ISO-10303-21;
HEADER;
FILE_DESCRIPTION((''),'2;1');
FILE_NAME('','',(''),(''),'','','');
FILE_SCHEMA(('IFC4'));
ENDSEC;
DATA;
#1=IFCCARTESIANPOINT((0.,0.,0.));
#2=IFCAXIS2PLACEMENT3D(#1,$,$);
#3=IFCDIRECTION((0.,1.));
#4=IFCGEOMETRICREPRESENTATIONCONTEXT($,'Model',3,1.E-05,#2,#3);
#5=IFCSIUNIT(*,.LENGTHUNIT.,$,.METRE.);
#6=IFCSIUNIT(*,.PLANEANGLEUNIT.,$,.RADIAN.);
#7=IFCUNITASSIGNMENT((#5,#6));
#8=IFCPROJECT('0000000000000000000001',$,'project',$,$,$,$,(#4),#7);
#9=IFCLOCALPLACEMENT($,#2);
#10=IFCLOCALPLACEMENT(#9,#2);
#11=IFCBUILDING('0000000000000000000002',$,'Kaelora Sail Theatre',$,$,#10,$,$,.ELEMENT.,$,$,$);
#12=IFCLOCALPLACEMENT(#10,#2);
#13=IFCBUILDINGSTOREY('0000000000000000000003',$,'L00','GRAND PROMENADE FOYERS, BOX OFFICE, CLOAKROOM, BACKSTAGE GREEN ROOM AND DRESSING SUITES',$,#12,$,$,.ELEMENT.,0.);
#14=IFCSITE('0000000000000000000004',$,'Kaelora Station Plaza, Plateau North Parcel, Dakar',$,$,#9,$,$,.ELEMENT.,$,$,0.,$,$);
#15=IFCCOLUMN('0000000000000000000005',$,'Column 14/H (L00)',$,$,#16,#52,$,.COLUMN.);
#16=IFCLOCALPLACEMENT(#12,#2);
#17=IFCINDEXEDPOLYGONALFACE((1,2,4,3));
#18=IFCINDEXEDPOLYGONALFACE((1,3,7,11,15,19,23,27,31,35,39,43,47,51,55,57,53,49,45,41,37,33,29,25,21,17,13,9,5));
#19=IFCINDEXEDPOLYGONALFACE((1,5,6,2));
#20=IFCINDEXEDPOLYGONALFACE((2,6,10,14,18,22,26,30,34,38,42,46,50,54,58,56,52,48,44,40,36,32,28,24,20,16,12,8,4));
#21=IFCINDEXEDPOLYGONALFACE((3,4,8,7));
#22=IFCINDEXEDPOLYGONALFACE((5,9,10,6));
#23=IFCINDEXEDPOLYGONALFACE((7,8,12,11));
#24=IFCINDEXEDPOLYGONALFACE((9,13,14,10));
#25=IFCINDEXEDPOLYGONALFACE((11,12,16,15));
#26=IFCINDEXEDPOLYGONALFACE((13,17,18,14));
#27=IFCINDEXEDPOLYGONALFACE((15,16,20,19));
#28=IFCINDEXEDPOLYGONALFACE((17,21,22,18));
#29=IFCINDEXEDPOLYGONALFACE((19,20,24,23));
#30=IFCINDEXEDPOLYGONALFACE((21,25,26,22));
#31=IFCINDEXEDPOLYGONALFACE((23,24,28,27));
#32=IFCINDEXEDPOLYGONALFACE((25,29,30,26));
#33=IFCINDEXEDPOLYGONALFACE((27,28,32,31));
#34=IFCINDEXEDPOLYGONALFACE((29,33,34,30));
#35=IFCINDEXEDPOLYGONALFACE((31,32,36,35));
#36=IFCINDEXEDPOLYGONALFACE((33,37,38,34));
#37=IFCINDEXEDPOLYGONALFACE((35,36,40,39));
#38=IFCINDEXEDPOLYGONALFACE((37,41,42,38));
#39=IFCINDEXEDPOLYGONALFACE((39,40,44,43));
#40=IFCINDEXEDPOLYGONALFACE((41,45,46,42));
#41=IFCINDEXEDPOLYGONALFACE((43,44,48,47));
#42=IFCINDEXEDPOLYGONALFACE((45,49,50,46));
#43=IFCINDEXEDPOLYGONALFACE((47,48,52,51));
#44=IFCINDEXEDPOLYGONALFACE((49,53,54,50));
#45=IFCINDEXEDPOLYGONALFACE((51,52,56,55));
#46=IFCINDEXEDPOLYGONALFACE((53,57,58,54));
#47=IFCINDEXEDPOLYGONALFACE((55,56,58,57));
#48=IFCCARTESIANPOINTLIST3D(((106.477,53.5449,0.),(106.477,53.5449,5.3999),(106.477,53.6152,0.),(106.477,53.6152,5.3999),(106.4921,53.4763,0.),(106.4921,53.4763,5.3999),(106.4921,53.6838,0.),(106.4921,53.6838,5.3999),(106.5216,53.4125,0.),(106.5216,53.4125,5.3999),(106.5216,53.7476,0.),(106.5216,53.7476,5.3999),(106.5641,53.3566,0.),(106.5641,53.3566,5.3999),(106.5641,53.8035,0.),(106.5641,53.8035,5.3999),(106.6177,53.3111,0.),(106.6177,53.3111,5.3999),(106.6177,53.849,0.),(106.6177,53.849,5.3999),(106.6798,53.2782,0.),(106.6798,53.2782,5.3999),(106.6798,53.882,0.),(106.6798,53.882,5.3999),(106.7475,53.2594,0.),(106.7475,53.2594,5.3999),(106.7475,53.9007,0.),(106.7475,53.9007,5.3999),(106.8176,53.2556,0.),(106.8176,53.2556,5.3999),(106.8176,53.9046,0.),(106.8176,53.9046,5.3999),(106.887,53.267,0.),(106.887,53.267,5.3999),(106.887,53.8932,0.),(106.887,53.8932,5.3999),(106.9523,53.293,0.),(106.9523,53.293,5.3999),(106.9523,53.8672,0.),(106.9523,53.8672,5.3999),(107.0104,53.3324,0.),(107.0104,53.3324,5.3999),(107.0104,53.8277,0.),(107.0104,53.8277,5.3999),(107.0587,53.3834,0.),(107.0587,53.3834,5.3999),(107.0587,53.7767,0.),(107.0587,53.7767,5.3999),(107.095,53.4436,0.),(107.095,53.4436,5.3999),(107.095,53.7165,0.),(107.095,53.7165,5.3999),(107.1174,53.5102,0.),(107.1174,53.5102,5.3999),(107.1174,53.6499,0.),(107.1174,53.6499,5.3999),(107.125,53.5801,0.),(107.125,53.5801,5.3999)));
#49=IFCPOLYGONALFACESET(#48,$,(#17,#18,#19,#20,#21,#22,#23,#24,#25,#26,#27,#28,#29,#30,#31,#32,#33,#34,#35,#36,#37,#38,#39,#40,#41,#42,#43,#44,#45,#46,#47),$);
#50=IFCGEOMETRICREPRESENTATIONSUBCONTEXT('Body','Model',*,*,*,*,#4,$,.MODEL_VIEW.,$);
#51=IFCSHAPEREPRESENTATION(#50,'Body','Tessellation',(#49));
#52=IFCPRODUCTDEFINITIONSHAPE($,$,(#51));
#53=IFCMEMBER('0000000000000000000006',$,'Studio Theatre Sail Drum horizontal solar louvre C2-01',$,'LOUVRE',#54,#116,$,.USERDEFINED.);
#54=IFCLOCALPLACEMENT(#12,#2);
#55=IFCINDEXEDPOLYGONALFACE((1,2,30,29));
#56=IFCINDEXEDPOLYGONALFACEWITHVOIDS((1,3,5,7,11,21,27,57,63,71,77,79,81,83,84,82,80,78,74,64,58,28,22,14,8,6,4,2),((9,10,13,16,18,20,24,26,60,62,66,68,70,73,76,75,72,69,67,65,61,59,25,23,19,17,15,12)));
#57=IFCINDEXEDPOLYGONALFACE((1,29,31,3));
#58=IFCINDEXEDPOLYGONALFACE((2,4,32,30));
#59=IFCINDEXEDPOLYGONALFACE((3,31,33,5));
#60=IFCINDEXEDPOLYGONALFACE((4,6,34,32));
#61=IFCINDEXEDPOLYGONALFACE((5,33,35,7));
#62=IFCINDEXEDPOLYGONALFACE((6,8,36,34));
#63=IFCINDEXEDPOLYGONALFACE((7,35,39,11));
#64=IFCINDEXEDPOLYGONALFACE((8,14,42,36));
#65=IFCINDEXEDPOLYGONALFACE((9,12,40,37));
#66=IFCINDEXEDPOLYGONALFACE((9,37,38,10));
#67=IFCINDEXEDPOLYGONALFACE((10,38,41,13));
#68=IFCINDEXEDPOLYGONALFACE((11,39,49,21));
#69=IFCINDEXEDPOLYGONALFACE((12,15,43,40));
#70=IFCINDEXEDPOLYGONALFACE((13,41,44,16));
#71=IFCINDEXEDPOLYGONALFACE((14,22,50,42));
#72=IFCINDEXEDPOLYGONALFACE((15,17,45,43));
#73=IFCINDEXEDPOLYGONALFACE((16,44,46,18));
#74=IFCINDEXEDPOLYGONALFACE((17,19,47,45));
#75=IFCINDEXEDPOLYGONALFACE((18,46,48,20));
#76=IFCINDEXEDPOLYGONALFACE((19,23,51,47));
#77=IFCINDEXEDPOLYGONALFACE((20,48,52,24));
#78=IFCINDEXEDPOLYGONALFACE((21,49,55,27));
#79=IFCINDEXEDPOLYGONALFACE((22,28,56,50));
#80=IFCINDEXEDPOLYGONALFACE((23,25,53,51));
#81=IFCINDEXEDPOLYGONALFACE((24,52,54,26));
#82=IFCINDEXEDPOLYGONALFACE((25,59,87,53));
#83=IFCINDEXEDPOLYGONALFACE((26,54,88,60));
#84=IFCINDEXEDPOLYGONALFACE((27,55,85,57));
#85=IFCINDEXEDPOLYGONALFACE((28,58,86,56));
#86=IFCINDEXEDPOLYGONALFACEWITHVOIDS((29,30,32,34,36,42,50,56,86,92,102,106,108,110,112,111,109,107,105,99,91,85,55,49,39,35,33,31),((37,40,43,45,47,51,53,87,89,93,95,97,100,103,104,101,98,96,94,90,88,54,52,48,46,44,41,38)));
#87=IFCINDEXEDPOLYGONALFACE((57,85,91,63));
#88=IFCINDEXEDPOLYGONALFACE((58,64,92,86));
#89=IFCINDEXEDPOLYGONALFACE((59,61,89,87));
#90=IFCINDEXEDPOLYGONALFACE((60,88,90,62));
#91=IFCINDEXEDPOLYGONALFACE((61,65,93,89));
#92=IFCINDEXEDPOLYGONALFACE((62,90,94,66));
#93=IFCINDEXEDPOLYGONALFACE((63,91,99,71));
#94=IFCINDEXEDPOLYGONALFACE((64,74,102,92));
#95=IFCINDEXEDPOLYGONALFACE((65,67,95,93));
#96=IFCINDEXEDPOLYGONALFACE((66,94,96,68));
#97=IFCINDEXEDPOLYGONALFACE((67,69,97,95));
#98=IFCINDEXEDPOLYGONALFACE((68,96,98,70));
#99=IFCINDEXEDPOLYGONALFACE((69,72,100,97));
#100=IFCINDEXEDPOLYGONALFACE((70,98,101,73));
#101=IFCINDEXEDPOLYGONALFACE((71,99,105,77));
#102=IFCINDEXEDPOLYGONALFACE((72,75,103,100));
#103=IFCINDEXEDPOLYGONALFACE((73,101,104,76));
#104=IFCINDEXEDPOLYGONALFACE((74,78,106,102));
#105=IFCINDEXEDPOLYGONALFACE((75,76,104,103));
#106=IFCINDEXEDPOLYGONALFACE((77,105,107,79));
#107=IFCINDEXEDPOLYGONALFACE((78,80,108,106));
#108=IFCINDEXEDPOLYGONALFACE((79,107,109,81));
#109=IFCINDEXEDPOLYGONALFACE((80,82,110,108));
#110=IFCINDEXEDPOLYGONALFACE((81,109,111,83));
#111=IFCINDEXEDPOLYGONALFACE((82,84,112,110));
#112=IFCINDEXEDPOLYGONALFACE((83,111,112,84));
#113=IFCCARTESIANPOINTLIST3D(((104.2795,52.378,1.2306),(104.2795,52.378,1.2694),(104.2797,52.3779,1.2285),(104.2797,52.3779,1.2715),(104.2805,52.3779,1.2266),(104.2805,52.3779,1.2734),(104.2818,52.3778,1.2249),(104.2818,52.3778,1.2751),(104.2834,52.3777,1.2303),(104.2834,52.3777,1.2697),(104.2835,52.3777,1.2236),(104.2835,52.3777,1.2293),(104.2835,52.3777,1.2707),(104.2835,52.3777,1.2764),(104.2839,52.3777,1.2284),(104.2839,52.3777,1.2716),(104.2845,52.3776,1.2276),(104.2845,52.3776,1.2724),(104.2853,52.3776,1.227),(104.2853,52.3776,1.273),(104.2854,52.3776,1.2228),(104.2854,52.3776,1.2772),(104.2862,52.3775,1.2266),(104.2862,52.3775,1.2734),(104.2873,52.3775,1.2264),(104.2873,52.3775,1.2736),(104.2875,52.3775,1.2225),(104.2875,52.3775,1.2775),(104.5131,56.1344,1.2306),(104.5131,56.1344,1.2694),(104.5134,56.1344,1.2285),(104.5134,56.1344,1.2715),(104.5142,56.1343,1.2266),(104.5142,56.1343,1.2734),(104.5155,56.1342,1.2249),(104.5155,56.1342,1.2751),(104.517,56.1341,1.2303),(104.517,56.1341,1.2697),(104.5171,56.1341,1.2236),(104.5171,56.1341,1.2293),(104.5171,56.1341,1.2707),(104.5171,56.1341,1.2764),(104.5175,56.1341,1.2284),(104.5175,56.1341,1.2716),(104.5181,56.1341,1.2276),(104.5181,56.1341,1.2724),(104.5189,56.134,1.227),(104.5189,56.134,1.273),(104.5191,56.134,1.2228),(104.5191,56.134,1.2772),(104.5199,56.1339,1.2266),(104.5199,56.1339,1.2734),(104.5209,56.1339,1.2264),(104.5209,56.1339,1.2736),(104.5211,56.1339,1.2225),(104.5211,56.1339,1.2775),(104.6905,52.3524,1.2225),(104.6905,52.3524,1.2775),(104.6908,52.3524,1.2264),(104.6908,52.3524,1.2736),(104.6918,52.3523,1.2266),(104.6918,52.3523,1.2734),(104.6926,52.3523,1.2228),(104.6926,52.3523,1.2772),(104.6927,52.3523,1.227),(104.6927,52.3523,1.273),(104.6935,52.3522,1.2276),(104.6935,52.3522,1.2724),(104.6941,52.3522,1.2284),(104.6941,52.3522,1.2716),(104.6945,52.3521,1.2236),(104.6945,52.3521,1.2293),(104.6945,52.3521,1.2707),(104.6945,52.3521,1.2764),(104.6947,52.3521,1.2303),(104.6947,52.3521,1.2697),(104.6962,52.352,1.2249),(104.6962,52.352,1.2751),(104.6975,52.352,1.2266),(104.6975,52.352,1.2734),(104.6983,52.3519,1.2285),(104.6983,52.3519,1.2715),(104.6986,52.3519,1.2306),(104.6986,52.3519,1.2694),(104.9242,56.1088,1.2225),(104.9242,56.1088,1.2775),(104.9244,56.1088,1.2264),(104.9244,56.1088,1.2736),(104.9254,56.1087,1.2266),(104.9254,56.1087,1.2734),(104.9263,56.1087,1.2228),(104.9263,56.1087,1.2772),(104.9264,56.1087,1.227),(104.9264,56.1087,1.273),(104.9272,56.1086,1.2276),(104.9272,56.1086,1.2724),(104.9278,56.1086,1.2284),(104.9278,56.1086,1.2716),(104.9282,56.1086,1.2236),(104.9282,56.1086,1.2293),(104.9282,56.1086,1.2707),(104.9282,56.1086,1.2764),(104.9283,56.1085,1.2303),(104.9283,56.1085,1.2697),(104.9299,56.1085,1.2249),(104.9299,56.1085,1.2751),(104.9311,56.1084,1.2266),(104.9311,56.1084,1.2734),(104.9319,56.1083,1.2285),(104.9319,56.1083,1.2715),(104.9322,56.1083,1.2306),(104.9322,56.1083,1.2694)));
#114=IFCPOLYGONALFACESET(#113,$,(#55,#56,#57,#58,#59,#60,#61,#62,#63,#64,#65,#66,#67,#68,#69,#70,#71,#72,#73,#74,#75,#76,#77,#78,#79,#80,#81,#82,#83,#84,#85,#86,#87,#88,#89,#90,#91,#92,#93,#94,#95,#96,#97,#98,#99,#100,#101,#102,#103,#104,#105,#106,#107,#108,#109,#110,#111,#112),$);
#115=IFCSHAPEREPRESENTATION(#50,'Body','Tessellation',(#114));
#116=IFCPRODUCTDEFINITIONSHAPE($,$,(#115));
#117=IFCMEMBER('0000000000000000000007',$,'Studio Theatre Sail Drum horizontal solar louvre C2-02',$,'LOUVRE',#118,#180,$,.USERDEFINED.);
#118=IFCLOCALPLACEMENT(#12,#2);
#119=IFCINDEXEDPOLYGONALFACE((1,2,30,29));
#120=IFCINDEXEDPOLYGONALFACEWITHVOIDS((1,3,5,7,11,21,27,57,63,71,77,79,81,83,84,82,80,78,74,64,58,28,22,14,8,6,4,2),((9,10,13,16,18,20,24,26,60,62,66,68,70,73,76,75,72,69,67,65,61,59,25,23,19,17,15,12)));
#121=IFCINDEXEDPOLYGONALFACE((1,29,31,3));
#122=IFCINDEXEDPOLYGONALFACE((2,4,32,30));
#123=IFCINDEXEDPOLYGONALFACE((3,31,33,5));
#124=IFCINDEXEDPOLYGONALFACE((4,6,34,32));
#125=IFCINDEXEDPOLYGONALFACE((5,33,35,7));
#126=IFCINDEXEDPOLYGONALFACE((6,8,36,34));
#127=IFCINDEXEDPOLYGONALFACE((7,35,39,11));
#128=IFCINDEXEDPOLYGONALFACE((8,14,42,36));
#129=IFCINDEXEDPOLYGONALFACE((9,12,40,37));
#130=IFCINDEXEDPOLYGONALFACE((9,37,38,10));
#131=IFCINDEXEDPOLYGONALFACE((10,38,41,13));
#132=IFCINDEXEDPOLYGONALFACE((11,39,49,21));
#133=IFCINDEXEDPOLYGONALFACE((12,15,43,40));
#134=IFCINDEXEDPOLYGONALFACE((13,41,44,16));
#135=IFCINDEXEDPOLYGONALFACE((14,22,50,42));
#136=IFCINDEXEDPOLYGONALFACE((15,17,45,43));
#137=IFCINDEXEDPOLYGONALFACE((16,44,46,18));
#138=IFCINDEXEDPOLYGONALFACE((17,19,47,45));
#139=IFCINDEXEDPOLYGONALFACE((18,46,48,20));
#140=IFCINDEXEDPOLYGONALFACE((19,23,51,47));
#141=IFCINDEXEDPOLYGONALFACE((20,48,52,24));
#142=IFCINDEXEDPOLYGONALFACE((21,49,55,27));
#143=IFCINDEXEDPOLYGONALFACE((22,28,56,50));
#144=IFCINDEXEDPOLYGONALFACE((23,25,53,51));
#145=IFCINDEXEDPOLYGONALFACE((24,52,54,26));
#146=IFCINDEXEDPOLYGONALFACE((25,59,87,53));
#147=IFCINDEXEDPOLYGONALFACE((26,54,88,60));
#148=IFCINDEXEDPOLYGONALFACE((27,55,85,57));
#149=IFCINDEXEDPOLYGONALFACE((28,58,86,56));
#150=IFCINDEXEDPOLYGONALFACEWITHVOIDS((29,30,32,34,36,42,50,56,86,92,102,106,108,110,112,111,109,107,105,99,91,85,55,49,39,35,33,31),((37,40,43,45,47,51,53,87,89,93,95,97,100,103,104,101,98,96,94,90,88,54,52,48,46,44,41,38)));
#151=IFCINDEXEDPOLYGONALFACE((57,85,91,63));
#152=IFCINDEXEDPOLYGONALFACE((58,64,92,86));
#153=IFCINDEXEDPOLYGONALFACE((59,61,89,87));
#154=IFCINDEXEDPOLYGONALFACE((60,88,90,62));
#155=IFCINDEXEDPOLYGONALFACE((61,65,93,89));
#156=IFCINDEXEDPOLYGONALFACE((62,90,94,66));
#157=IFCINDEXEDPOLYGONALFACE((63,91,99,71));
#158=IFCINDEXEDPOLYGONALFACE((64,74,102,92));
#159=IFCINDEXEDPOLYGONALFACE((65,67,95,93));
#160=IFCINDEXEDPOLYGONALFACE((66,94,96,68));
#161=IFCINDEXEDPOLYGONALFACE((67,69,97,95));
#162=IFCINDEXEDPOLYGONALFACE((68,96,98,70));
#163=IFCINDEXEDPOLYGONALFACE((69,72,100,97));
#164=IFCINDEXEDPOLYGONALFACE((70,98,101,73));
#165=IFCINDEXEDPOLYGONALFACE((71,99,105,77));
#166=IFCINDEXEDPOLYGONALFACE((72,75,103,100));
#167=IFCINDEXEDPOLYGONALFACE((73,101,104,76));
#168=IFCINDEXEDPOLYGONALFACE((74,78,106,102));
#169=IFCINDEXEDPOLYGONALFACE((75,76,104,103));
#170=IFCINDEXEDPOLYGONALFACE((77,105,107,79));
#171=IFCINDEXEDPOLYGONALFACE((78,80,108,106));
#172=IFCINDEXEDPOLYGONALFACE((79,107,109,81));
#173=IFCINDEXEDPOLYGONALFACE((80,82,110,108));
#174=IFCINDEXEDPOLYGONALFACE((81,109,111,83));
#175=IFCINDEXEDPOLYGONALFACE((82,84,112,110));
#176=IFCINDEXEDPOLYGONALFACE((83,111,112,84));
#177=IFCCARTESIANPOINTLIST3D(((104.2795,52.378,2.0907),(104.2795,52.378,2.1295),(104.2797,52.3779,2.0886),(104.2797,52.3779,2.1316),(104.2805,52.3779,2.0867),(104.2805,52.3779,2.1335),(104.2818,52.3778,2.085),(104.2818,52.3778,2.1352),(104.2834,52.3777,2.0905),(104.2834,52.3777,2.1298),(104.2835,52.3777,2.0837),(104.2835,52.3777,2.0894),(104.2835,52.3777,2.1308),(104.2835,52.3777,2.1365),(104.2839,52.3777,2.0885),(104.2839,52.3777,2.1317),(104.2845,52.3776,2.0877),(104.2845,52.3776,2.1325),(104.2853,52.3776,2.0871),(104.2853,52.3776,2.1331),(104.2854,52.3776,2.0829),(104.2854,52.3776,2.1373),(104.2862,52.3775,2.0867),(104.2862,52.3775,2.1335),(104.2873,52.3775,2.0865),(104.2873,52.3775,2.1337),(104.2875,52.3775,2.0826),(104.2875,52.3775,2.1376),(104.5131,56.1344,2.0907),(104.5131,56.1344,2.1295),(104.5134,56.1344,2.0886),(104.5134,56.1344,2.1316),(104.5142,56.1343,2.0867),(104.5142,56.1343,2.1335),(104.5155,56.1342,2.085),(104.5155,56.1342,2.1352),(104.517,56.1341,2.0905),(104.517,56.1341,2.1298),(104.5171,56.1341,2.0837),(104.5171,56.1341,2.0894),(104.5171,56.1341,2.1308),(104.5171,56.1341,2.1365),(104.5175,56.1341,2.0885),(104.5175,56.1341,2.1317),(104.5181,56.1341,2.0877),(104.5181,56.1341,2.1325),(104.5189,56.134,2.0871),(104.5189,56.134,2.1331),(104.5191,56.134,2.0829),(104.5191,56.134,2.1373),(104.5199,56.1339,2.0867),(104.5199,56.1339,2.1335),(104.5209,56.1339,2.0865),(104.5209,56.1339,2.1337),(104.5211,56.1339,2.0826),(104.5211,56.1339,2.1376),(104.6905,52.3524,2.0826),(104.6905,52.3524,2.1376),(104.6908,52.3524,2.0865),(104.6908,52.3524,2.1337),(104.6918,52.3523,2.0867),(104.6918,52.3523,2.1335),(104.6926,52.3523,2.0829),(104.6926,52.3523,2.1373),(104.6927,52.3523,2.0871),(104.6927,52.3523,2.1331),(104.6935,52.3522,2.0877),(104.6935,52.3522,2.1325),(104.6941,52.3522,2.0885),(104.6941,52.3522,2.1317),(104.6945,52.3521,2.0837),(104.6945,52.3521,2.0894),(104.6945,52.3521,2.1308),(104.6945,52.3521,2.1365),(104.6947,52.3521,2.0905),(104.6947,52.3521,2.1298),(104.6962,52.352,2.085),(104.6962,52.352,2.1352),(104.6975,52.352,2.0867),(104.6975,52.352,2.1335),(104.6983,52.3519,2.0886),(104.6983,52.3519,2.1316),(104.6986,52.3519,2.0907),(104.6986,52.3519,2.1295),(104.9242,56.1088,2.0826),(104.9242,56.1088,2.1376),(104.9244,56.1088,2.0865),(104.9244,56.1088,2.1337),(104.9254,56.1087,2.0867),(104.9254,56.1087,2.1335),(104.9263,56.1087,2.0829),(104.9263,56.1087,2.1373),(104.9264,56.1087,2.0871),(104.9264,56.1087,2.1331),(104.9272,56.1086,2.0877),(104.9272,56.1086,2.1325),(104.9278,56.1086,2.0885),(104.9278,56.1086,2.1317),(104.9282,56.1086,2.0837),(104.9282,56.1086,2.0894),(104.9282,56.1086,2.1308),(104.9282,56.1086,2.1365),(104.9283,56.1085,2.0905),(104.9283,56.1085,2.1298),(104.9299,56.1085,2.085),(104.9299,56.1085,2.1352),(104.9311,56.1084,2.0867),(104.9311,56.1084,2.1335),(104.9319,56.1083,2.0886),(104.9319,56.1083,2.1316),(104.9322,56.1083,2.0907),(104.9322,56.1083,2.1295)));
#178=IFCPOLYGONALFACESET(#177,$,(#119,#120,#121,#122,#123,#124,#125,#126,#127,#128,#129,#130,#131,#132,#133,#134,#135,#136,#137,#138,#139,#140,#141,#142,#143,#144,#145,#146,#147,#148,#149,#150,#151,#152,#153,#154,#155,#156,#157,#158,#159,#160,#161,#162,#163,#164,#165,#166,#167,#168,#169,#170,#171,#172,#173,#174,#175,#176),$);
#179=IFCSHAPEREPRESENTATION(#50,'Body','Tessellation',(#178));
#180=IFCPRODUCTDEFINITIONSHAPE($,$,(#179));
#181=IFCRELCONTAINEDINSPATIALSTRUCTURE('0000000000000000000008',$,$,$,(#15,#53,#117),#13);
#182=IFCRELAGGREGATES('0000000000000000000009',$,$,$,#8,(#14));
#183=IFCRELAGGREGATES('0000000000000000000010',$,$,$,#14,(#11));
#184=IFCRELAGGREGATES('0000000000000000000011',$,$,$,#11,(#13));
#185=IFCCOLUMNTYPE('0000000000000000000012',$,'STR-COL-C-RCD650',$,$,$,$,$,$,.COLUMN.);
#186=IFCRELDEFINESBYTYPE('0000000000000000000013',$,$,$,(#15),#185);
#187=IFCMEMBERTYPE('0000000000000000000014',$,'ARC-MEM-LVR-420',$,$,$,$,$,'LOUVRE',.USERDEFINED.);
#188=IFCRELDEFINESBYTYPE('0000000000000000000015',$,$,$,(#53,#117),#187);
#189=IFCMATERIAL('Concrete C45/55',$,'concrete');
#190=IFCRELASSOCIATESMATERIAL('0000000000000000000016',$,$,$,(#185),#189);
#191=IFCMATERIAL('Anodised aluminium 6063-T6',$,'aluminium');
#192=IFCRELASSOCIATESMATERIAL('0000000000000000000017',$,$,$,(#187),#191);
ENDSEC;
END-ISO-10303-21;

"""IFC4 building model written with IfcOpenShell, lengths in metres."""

from ifc_helpers import new_model, si_unit, direction, frame, origin, origin_2d, place, context, subcontext, project, spatial, hollow_rectangle, circle, extrude, material, material_profile, profile_set, type_object, element, save


model = new_model("IFC4")

# Units and contexts
model_context = context("Model", 3, precision=1e-05, world=origin(), true_north=direction((0.0, 1.0)))
body_context = subcontext(model_context, "Body", "Model", "MODEL_VIEW")
ifc_project = project(units=[si_unit("LENGTHUNIT", "METRE"), si_unit("PLANEANGLEUNIT", "RADIAN")], contexts=[model_context])

# Site, building, storey
site_placement = place(None, origin())
site = spatial("IfcSite", under=ifc_project, at=site_placement, Name="Kaelora Station Plaza, Plateau North Parcel, Dakar", CompositionType="ELEMENT", RefElevation=0.0)
building_placement = place(site_placement, origin())
building = spatial("IfcBuilding", under=site, at=building_placement, Name="Kaelora Sail Theatre", CompositionType="ELEMENT")
storey_placement = place(building_placement, origin())
storey = spatial("IfcBuildingStorey", under=building, at=storey_placement, Name="L00", Description="GRAND PROMENADE FOYERS, BOX OFFICE, CLOAKROOM, BACKSTAGE GREEN ROOM AND DRESSING SUITES", CompositionType="ELEMENT", Elevation=0.0)

# Column
ifc_material_1 = material(Name="Concrete C45/55", Category="concrete")
ifc_material_profile_1 = material_profile(ifc_material_1, circle(Radius=0.325, at=origin_2d()), Name="RC-CCOL D650")
ifc_profile_set_1 = profile_set([ifc_material_profile_1], Name="Concrete C45/55")
column_type = type_object("IfcColumnType", Name="STR-COL-C-RCD650", PredefinedType="COLUMN", material=ifc_profile_set_1)
column_placement = place(storey_placement, frame((106.8, 53.5801, 0.0), z_axis=(0.0, 0.0, 1.0), x_axis=(1.0, 0.0, 0.0)))
element("IfcColumn", 1, at=column_placement, inside=storey, type_object=column_type, Name="Column 14/H (L00)", PredefinedType="COLUMN", context=body_context, shape_type="SweptSolid", body=[
    extrude(circle(Radius=0.325, at=origin_2d()), origin(), (0.0, 0.0, 1.0), 5.3999),
])

# Members
ifc_material_2 = material(Name="Anodised aluminium 6063-T6", Category="aluminium")
ifc_material_profile_2 = material_profile(ifc_material_2, hollow_rectangle(XDim=0.4199, YDim=0.0549, WallThickness=0.0039, InnerFilletRadius=0.0039, OuterFilletRadius=0.0081, at=origin_2d()), Name="LOUVRE 420x55x4")
ifc_profile_set_2 = profile_set([ifc_material_profile_2], Name="Anodised aluminium 6063-T6")
member_type_1 = type_object("IfcMemberType", Name="ARC-MEM-LVR-420", ElementType="LOUVRE", PredefinedType="USERDEFINED", material=ifc_profile_set_2)
for number, where, z_axis, x_axis, name in (
    (2, (104.7227, 56.1213, 1.25), (-0.062079, -0.998071, 0.0), (0.998071, -0.062079, 0.0), "Studio Theatre Sail Drum horizontal solar louvre C2-01"),
    (3, (104.7227, 56.1213, 2.1101), (-0.062079, -0.998071, 0.0), (0.998071, -0.062079, 0.0), "Studio Theatre Sail Drum horizontal solar louvre C2-02"),
):
    element("IfcMember", number, at=place(storey_placement, frame(where, z_axis=z_axis, x_axis=x_axis)), inside=storey, type_object=member_type_1, Name=name, ObjectType="LOUVRE", PredefinedType="USERDEFINED", context=body_context, shape_type="SweptSolid", body=[
        extrude(hollow_rectangle(XDim=0.4199, YDim=0.0549, WallThickness=0.0039, InnerFilletRadius=0.0039, OuterFilletRadius=0.0081, at=origin_2d()), origin(), (0.0, 0.0, 1.0), 3.7637),
    ])

save(model, "model.ifc")
